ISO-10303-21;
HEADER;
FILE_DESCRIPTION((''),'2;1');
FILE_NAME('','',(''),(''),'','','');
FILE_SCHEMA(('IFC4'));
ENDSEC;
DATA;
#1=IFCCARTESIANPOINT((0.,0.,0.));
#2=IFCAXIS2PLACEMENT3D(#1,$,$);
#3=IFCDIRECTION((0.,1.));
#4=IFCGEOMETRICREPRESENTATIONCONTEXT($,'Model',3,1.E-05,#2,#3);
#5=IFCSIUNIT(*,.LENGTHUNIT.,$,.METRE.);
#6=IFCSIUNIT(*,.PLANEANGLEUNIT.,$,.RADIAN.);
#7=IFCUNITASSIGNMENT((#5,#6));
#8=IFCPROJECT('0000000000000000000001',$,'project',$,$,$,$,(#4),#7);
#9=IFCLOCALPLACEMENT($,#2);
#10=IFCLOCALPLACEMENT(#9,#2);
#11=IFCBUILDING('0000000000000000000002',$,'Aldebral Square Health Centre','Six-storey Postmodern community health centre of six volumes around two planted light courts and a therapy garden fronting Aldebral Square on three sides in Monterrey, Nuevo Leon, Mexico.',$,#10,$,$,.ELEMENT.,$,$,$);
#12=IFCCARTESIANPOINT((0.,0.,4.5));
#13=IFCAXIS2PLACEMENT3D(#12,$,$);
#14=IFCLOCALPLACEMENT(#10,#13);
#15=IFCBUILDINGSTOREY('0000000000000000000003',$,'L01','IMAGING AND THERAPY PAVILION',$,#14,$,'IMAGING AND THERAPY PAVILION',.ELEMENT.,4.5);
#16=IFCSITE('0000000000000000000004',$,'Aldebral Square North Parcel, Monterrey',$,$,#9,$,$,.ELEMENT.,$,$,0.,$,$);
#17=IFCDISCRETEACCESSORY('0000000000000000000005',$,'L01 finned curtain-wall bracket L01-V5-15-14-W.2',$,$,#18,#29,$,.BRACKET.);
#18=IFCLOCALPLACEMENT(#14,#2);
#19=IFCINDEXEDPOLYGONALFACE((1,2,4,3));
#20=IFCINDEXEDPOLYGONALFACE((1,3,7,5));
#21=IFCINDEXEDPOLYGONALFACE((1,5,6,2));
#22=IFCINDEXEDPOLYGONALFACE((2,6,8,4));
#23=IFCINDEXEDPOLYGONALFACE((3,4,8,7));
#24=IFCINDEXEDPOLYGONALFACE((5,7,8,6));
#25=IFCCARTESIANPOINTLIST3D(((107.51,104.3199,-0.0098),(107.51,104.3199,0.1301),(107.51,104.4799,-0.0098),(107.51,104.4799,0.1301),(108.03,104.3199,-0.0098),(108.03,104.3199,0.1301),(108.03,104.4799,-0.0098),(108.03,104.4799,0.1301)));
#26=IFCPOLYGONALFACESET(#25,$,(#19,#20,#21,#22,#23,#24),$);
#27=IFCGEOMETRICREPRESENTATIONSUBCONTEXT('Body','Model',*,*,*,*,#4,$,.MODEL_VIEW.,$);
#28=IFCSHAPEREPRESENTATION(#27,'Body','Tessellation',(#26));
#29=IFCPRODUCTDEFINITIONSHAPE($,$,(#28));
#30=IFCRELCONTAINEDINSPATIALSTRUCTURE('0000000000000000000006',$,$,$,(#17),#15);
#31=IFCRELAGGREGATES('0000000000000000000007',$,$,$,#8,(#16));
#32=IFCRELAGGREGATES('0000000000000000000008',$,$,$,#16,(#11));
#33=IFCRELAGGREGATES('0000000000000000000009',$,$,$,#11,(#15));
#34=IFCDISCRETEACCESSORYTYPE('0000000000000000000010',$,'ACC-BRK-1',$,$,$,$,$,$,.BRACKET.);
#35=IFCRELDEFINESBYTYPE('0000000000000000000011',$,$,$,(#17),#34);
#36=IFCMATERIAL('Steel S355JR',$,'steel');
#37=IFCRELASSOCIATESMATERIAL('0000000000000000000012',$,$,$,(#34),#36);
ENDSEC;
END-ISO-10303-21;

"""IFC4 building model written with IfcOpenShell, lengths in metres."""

from ifc_helpers import new_model, si_unit, direction, frame, origin, origin_2d, place, context, subcontext, project, spatial, rectangle, extrude, material, type_object, element, save


model = new_model("IFC4")

# Units and contexts
model_context = context("Model", 3, precision=1e-05, world=origin(), true_north=direction((0.0, 1.0)))
body_context = subcontext(model_context, "Body", "Model", "MODEL_VIEW")
ifc_project = project(units=[si_unit("LENGTHUNIT", "METRE"), si_unit("PLANEANGLEUNIT", "RADIAN")], contexts=[model_context])

# Site, building, storey
site_placement = place(None, origin())
site = spatial("IfcSite", under=ifc_project, at=site_placement, Name="Aldebral Square North Parcel, Monterrey", CompositionType="ELEMENT", RefElevation=0.0)
building_placement = place(site_placement, origin())
building = spatial("IfcBuilding", under=site, at=building_placement, Name="Aldebral Square Health Centre", Description="Six-storey Postmodern community health centre of six volumes around two planted light courts and a therapy garden fronting Aldebral Square on three sides in Monterrey, Nuevo Leon, Mexico.", CompositionType="ELEMENT")
storey_placement = place(building_placement, frame((0.0, 0.0, 4.5)))
storey = spatial("IfcBuildingStorey", under=building, at=storey_placement, Name="L01", Description="IMAGING AND THERAPY PAVILION", LongName="IMAGING AND THERAPY PAVILION", CompositionType="ELEMENT", Elevation=4.5)

# Discrete accessory
ifc_material_1 = material(Name="Steel S355JR", Category="steel")
discrete_accessory_type = type_object("IfcDiscreteAccessoryType", Name="ACC-BRK-1", PredefinedType="BRACKET", material=ifc_material_1)
for number, where, z_axis, x_axis, name in (
    (1, (107.77, 104.3999, -0.0098), (0.0, 0.0, 1.0), (0.0, 1.0, 0.0), "L01 finned curtain-wall bracket L01-V5-15-14-W.2"),
):
    element("IfcDiscreteAccessory", number, at=place(storey_placement, frame(where, z_axis=z_axis, x_axis=x_axis)), inside=storey, type_object=discrete_accessory_type, Name=name, PredefinedType="BRACKET", context=body_context, shape_type="SweptSolid", body=[
        extrude(rectangle(XDim=0.1599, YDim=0.52, at=origin_2d()), origin(), (0.0, 0.0, 1.0), 0.1399),
    ])

save(model, "model.ifc")
